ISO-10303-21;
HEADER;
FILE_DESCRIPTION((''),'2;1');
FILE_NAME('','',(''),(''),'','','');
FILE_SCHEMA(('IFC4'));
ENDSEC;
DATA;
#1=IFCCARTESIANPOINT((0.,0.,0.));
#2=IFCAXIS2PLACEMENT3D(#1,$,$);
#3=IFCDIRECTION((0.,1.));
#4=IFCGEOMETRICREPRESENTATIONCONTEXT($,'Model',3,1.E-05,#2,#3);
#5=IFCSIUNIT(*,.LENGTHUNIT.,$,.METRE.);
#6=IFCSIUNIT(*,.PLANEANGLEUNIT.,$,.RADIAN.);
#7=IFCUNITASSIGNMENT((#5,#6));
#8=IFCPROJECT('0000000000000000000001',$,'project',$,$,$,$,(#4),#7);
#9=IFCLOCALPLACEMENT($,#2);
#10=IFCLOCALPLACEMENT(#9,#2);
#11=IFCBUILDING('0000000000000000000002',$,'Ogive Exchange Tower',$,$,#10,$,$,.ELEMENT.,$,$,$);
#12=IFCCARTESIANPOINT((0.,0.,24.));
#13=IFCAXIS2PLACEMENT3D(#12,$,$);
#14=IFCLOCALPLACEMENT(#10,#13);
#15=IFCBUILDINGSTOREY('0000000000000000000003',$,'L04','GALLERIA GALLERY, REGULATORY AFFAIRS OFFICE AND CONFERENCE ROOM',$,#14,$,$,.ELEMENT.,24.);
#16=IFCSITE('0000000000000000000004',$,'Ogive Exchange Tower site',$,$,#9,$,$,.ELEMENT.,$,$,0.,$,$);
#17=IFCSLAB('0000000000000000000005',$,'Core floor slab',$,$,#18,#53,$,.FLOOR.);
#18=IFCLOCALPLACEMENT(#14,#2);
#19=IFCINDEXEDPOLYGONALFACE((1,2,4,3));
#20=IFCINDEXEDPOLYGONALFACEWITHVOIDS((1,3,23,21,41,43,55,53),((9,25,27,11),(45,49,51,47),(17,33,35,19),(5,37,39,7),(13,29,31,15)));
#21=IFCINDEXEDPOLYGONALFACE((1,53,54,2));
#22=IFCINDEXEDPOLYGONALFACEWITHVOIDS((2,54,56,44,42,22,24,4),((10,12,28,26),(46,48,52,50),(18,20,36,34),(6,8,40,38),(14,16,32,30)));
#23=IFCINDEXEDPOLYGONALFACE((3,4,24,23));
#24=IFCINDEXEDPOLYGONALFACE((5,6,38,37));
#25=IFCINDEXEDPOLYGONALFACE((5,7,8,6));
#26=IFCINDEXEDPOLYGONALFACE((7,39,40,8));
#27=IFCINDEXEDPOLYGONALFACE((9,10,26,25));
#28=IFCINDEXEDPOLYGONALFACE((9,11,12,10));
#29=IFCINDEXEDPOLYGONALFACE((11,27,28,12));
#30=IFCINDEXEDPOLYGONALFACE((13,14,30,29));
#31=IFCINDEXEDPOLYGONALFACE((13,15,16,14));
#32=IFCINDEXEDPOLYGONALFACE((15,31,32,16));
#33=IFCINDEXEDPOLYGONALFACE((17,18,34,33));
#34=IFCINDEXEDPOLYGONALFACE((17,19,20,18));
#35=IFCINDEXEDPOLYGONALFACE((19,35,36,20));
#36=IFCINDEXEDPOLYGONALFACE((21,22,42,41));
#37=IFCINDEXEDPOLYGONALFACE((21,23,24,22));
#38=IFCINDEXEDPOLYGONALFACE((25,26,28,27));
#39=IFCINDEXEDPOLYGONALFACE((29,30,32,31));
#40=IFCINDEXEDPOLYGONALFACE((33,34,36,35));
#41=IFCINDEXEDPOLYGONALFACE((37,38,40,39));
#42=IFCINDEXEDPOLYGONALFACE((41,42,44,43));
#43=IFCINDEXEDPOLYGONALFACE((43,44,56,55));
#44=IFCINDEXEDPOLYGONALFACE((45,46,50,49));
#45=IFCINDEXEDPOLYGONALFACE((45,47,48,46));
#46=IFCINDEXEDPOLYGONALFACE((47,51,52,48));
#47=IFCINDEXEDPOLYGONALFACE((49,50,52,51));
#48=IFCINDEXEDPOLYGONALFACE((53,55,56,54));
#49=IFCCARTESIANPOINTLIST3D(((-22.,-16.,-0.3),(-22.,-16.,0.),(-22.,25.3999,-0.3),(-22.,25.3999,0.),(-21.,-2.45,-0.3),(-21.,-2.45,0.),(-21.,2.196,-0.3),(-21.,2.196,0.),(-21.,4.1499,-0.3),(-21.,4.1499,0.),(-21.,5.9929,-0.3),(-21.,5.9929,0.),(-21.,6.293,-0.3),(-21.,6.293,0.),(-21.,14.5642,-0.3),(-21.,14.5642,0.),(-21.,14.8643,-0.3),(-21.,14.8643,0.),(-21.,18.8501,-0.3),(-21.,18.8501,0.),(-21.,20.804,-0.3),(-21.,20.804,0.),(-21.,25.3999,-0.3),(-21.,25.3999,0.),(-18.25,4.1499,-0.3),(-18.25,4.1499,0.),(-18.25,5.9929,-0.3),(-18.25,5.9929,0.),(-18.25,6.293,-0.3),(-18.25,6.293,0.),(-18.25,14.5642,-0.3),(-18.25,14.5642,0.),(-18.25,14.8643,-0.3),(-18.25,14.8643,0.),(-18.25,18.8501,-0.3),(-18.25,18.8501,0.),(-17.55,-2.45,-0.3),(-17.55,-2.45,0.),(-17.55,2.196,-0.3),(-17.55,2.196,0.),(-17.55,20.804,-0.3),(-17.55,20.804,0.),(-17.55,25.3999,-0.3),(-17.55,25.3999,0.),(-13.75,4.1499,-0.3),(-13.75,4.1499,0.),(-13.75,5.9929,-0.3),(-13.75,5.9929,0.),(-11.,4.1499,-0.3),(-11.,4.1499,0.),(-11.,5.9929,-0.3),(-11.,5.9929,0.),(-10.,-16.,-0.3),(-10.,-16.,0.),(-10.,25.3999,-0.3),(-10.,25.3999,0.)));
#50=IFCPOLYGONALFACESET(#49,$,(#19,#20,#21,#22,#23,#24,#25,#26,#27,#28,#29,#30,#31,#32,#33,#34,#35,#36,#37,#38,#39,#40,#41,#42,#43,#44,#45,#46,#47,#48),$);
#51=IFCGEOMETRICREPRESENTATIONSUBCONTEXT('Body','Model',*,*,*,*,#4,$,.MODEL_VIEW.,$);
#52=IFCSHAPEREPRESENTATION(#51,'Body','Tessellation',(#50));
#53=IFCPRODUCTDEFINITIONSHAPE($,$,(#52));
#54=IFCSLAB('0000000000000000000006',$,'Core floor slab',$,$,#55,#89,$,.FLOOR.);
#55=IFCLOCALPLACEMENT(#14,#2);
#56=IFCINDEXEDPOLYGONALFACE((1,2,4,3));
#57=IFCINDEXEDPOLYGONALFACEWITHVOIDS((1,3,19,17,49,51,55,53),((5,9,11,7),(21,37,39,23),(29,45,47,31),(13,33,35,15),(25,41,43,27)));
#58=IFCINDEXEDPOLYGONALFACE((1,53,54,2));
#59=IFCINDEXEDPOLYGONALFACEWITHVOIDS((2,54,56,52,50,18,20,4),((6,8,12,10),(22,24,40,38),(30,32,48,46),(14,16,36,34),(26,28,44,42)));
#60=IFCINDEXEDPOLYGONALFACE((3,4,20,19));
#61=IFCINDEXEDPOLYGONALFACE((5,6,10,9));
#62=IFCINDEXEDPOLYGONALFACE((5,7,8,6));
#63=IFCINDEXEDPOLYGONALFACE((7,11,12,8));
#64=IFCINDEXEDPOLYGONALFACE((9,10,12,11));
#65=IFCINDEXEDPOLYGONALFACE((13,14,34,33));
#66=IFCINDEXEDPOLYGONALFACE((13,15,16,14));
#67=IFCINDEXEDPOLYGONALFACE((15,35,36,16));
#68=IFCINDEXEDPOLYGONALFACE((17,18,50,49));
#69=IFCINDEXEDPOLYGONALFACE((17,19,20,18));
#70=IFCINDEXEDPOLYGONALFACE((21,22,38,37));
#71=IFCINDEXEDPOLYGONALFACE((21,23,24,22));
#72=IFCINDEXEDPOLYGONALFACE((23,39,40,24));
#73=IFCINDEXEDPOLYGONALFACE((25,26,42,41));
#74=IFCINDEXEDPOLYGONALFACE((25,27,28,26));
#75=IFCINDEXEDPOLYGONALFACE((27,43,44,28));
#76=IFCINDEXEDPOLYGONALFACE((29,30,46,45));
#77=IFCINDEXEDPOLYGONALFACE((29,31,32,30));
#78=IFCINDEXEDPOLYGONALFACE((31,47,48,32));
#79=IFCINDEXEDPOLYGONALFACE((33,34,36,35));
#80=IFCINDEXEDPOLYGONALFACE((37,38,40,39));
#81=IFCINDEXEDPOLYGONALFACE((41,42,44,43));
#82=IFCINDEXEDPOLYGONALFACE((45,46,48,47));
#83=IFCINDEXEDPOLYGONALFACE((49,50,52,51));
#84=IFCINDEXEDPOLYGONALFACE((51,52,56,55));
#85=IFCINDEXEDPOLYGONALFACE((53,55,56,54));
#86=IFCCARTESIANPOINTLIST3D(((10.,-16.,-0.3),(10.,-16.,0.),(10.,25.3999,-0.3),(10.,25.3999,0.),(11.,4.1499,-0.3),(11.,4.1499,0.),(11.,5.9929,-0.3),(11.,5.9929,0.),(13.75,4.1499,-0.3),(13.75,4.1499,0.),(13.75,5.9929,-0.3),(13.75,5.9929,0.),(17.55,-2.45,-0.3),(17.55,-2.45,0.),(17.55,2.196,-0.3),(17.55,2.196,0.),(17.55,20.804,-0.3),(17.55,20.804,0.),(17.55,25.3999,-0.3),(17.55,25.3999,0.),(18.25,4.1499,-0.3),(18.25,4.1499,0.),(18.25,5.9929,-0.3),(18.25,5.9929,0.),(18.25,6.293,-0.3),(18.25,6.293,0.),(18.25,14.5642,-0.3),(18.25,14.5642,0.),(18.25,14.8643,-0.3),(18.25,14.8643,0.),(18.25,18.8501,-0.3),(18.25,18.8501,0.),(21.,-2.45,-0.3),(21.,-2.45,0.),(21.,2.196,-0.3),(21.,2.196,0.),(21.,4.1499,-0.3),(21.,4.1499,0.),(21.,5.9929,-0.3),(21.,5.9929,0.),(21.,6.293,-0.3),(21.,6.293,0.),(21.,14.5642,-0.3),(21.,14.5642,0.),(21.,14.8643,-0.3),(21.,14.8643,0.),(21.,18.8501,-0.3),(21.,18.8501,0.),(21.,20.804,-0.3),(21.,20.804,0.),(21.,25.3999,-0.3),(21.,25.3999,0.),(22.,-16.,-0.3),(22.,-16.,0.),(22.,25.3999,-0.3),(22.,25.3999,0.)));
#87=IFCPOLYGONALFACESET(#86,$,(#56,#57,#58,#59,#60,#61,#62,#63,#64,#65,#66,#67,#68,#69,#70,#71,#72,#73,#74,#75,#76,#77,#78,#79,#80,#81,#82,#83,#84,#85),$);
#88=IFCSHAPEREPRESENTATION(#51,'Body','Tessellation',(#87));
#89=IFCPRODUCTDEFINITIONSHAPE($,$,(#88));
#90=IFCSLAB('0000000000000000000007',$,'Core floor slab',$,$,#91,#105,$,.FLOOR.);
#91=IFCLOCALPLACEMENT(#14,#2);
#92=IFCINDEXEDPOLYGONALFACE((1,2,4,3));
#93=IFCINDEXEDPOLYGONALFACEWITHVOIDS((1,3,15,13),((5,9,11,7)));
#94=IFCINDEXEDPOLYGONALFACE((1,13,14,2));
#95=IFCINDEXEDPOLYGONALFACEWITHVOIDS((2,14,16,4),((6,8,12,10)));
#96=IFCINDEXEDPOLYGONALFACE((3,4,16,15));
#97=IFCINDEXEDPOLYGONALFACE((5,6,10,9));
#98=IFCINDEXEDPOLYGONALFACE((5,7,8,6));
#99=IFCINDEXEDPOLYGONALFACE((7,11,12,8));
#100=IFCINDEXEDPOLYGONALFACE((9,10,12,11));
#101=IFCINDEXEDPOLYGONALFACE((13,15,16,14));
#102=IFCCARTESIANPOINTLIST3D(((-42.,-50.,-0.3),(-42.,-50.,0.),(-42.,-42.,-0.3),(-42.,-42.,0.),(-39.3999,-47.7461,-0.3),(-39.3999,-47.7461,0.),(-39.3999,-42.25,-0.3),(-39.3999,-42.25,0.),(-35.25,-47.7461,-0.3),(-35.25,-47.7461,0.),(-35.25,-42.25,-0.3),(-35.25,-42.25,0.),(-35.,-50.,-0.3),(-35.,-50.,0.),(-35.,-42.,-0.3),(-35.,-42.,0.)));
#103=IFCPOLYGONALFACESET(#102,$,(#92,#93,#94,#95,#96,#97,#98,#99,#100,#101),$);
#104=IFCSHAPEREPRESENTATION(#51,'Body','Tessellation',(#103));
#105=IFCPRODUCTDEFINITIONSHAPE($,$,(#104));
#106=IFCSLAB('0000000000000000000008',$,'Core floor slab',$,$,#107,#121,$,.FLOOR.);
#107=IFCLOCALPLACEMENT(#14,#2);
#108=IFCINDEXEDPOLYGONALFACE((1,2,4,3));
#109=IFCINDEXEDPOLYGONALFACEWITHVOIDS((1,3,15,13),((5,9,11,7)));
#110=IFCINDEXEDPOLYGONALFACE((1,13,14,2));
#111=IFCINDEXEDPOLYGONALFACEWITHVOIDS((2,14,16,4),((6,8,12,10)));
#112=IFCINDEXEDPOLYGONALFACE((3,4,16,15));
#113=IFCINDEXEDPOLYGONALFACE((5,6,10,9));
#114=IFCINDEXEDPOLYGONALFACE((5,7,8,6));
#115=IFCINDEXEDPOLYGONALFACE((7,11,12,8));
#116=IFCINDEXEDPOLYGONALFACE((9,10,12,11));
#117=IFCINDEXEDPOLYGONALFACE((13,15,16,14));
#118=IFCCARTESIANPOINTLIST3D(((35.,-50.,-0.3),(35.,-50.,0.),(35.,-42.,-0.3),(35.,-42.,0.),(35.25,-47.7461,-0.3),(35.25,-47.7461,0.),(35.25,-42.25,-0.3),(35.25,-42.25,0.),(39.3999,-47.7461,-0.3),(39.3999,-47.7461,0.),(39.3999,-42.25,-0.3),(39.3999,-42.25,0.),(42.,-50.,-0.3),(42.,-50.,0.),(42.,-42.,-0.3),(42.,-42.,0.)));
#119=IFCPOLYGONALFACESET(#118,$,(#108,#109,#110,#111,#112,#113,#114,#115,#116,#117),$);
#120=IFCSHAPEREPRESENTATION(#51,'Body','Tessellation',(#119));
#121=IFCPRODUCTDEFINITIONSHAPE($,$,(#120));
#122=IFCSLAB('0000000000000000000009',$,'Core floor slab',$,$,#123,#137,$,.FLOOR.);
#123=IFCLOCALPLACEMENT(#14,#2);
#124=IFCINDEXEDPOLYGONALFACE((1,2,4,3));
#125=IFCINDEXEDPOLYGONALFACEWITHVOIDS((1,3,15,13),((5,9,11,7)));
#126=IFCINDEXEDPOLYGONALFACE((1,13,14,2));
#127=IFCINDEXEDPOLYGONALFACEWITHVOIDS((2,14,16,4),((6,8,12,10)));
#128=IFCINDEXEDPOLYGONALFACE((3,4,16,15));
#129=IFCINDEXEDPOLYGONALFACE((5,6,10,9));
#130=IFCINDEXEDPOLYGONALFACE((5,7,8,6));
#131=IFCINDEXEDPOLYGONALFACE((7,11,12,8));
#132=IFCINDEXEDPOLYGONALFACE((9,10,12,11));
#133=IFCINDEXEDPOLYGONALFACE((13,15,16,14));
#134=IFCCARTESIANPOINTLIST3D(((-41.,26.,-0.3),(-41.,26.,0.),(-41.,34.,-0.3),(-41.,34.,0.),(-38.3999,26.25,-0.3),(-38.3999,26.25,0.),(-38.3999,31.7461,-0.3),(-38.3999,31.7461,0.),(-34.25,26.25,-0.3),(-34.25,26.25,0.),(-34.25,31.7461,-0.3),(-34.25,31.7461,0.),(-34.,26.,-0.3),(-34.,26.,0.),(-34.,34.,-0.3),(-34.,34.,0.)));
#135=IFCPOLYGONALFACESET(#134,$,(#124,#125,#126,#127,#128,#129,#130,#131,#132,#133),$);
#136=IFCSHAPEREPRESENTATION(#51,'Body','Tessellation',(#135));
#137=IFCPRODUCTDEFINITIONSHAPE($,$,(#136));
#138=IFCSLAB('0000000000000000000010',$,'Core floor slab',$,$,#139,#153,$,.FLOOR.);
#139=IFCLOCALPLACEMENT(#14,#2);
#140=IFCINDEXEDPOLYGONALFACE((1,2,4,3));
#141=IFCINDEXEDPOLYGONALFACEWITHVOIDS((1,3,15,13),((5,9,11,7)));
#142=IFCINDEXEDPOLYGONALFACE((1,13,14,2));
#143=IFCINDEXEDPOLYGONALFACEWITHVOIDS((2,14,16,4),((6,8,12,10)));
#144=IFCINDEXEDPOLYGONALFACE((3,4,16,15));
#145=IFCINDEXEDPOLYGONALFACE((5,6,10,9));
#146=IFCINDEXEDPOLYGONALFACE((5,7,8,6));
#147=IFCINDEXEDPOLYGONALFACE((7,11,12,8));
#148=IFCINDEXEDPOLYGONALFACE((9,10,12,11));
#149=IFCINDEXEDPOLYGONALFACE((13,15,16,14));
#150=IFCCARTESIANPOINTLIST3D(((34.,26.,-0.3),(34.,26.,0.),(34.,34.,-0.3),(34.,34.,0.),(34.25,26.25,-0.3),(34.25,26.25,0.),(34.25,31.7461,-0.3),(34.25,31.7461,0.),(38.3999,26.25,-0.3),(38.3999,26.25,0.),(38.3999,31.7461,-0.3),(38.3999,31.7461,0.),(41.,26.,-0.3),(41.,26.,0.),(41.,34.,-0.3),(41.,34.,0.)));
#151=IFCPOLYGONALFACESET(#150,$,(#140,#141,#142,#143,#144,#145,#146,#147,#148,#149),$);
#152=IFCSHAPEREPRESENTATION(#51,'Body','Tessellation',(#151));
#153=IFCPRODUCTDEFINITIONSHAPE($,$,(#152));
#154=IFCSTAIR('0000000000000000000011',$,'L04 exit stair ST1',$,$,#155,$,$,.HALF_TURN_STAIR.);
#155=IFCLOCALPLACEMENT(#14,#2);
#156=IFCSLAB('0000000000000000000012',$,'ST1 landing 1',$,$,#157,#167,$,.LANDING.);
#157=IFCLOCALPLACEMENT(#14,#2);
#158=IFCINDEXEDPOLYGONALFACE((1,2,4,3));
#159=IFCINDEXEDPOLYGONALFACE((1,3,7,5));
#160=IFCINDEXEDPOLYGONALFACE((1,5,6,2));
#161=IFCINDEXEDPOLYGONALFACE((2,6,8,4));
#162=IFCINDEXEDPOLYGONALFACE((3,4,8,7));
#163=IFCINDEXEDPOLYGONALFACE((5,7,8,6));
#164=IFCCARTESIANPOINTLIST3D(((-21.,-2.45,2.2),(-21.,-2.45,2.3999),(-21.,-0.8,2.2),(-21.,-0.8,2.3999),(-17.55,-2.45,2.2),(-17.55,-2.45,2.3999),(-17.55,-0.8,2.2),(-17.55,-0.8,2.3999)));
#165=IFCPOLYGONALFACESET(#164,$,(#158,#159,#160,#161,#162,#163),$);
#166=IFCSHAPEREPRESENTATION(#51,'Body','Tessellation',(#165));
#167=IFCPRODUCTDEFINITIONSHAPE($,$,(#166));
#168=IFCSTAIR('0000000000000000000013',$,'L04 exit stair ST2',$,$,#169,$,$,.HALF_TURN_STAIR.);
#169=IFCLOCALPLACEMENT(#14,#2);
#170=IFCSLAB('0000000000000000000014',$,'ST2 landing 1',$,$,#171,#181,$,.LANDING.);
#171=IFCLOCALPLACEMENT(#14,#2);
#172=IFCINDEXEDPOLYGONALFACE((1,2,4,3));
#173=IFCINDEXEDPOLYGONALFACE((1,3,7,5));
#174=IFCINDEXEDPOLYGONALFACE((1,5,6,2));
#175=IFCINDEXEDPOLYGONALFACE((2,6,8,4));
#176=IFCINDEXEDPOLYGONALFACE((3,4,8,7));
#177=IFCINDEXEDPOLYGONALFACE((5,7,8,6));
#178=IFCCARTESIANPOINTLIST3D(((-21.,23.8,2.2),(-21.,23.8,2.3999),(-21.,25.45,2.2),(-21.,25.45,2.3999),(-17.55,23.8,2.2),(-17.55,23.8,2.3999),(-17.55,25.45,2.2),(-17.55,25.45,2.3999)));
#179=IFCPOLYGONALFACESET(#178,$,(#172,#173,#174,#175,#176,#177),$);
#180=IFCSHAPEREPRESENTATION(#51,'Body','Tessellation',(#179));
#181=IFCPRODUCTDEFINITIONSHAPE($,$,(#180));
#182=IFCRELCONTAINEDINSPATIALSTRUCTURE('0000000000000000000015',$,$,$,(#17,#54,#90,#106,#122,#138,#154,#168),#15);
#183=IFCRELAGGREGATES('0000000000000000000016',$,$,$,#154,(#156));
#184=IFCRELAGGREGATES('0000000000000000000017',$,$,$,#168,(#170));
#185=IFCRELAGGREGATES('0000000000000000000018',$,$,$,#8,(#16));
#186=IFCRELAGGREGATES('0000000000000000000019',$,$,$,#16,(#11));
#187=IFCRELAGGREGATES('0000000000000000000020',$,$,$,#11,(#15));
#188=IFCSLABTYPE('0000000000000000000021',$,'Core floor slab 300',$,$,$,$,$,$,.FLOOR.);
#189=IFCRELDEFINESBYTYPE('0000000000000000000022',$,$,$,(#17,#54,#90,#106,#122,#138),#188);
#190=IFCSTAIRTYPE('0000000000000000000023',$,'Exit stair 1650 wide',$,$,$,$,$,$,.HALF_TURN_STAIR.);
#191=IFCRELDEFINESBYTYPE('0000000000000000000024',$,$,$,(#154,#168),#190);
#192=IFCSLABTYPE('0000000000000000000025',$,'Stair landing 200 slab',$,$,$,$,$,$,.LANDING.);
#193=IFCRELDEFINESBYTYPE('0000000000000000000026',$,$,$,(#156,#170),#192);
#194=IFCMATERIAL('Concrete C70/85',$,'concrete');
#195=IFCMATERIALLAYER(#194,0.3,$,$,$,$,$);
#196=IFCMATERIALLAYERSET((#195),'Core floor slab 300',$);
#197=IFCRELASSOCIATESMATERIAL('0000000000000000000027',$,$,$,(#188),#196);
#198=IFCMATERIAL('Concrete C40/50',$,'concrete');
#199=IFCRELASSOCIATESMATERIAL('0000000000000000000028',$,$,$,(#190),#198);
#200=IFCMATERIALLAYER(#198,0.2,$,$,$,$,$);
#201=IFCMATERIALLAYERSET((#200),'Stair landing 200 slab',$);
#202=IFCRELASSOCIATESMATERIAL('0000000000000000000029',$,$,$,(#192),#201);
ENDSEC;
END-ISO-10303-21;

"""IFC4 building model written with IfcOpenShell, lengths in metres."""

from ifc_helpers import new_model, si_unit, direction, frame, origin, place, context, subcontext, project, spatial, polyline, outline, extrude, material, layer, layer_set, type_object, element, aggregate, save


model = new_model("IFC4")

# Units and contexts
model_context = context("Model", 3, precision=1e-05, world=origin(), true_north=direction((0.0, 1.0)))
body_context = subcontext(model_context, "Body", "Model", "MODEL_VIEW")
ifc_project = project(units=[si_unit("LENGTHUNIT", "METRE"), si_unit("PLANEANGLEUNIT", "RADIAN")], contexts=[model_context])

# Site, building, storey
site_placement = place(None, origin())
site = spatial("IfcSite", under=ifc_project, at=site_placement, Name="Ogive Exchange Tower site", CompositionType="ELEMENT", RefElevation=0.0)
building_placement = place(site_placement, origin())
building = spatial("IfcBuilding", under=site, at=building_placement, Name="Ogive Exchange Tower", CompositionType="ELEMENT")
storey_placement = place(building_placement, frame((0.0, 0.0, 24.0)))
storey = spatial("IfcBuildingStorey", under=building, at=storey_placement, Name="L04", Description="GALLERIA GALLERY, REGULATORY AFFAIRS OFFICE AND CONFERENCE ROOM", CompositionType="ELEMENT", Elevation=24.0)

# Slabs
ifc_material_1 = material(Name="Concrete C70/85", Category="concrete")
ifc_layer_1 = layer(ifc_material_1, 0.3)
ifc_layer_set_1 = layer_set([ifc_layer_1], Name="Core floor slab 300")
slab_type_1 = type_object("IfcSlabType", Name="Core floor slab 300", PredefinedType="FLOOR", material=ifc_layer_set_1)
slab_1_placement = place(storey_placement, frame((0.0, 0.0, -0.3)))
element("IfcSlab", 1, at=slab_1_placement, inside=storey, type_object=slab_type_1, Name="Core floor slab", PredefinedType="FLOOR", context=body_context, shape_type="SweptSolid", body=[
    extrude(outline(polyline([(-10.0, 25.3999), (-10.0, -16.0), (-22.0, -16.0), (-22.0, 25.3999), (-21.0, 25.3999), (-21.0, 20.804), (-17.55, 20.804), (-17.55, 25.3999), (-10.0, 25.3999)]), holes=[polyline([(-17.55, 2.196), (-21.0, 2.196), (-21.0, -2.45), (-17.55, -2.45), (-17.55, 2.196)]), polyline([(-18.25, 5.9929), (-21.0, 5.9929), (-21.0, 4.1499), (-18.25, 4.1499), (-18.25, 5.9929)]), polyline([(-11.0, 5.9929), (-13.75, 5.9929), (-13.75, 4.1499), (-11.0, 4.1499), (-11.0, 5.9929)]), polyline([(-21.0, 14.5642), (-21.0, 6.293), (-18.25, 6.293), (-18.25, 14.5642), (-21.0, 14.5642)]), polyline([(-18.25, 18.8501), (-21.0, 18.8501), (-21.0, 14.8643), (-18.25, 14.8643), (-18.25, 18.8501)])]), origin(), (0.0, 0.0, 1.0), 0.3),
])
slab_2_placement = place(storey_placement, frame((0.0, 0.0, -0.3)))
element("IfcSlab", 2, at=slab_2_placement, inside=storey, type_object=slab_type_1, Name="Core floor slab", PredefinedType="FLOOR", context=body_context, shape_type="SweptSolid", body=[
    extrude(outline(polyline([(22.0, 25.3999), (22.0, -16.0), (10.0, -16.0), (10.0, 25.3999), (17.55, 25.3999), (17.55, 20.804), (21.0, 20.804), (21.0, 25.3999), (22.0, 25.3999)]), holes=[polyline([(21.0, 2.196), (17.55, 2.196), (17.55, -2.45), (21.0, -2.45), (21.0, 2.196)]), polyline([(13.75, 5.9929), (11.0, 5.9929), (11.0, 4.1499), (13.75, 4.1499), (13.75, 5.9929)]), polyline([(21.0, 5.9929), (18.25, 5.9929), (18.25, 4.1499), (21.0, 4.1499), (21.0, 5.9929)]), polyline([(18.25, 14.5642), (18.25, 6.293), (21.0, 6.293), (21.0, 14.5642), (18.25, 14.5642)]), polyline([(21.0, 18.8501), (18.25, 18.8501), (18.25, 14.8643), (21.0, 14.8643), (21.0, 18.8501)])]), origin(), (0.0, 0.0, 1.0), 0.3),
])
slab_3_placement = place(storey_placement, frame((0.0, 0.0, -0.3)))
element("IfcSlab", 3, at=slab_3_placement, inside=storey, type_object=slab_type_1, Name="Core floor slab", PredefinedType="FLOOR", context=body_context, shape_type="SweptSolid", body=[
    extrude(outline(polyline([(-42.0, -50.0), (-42.0, -42.0), (-35.0, -42.0), (-35.0, -50.0), (-42.0, -50.0)]), holes=[polyline([(-35.25, -42.25), (-39.3999, -42.25), (-39.3999, -47.7461), (-35.25, -47.7461), (-35.25, -42.25)])]), origin(), (0.0, 0.0, 1.0), 0.3),
])
slab_4_placement = place(storey_placement, frame((0.0, 0.0, -0.3)))
element("IfcSlab", 4, at=slab_4_placement, inside=storey, type_object=slab_type_1, Name="Core floor slab", PredefinedType="FLOOR", context=body_context, shape_type="SweptSolid", body=[
    extrude(outline(polyline([(35.0, -50.0), (35.0, -42.0), (42.0, -42.0), (42.0, -50.0), (35.0, -50.0)]), holes=[polyline([(39.3999, -42.25), (35.25, -42.25), (35.25, -47.7461), (39.3999, -47.7461), (39.3999, -42.25)])]), origin(), (0.0, 0.0, 1.0), 0.3),
])
slab_5_placement = place(storey_placement, frame((0.0, 0.0, -0.3)))
element("IfcSlab", 5, at=slab_5_placement, inside=storey, type_object=slab_type_1, Name="Core floor slab", PredefinedType="FLOOR", context=body_context, shape_type="SweptSolid", body=[
    extrude(outline(polyline([(-41.0, 26.0), (-41.0, 34.0), (-34.0, 34.0), (-34.0, 26.0), (-41.0, 26.0)]), holes=[polyline([(-38.3999, 26.25), (-34.25, 26.25), (-34.25, 31.7461), (-38.3999, 31.7461), (-38.3999, 26.25)])]), origin(), (0.0, 0.0, 1.0), 0.3),
])
slab_6_placement = place(storey_placement, frame((0.0, 0.0, -0.3)))
element("IfcSlab", 6, at=slab_6_placement, inside=storey, type_object=slab_type_1, Name="Core floor slab", PredefinedType="FLOOR", context=body_context, shape_type="SweptSolid", body=[
    extrude(outline(polyline([(34.0, 26.0), (34.0, 34.0), (41.0, 34.0), (41.0, 26.0), (34.0, 26.0)]), holes=[polyline([(34.25, 26.25), (38.3999, 26.25), (38.3999, 31.7461), (34.25, 31.7461), (34.25, 26.25)])]), origin(), (0.0, 0.0, 1.0), 0.3),
])

# Stairs, slabs
ifc_material_2 = material(Name="Concrete C40/50", Category="concrete")
stair_type = type_object("IfcStairType", Name="Exit stair 1650 wide", PredefinedType="HALF_TURN_STAIR", material=ifc_material_2)
stair_1_placement = place(storey_placement, origin())
stair_1 = element("IfcStair", 7, at=stair_1_placement, inside=storey, type_object=stair_type, Name="L04 exit stair ST1", PredefinedType="HALF_TURN_STAIR")
ifc_layer_2 = layer(ifc_material_2, 0.2)
ifc_layer_set_2 = layer_set([ifc_layer_2], Name="Stair landing 200 slab")
slab_type_2 = type_object("IfcSlabType", Name="Stair landing 200 slab", PredefinedType="LANDING", material=ifc_layer_set_2)
slab_7_placement = place(storey_placement, frame((0.0, 0.0, 2.2)))
slab_7 = element("IfcSlab", 8, at=slab_7_placement, type_object=slab_type_2, Name="ST1 landing 1", PredefinedType="LANDING", context=body_context, shape_type="SweptSolid", body=[
    extrude(outline(polyline([(-21.0, -0.8), (-21.0, -2.45), (-17.55, -2.45), (-17.55, -0.8), (-21.0, -0.8)])), origin(), (0.0, 0.0, 1.0), 0.2),
])
aggregate(stair_1, [slab_7])
stair_2_placement = place(storey_placement, origin())
stair_2 = element("IfcStair", 9, at=stair_2_placement, inside=storey, type_object=stair_type, Name="L04 exit stair ST2", PredefinedType="HALF_TURN_STAIR")
slab_8_placement = place(storey_placement, frame((0.0, 0.0, 2.2)))
slab_8 = element("IfcSlab", 10, at=slab_8_placement, type_object=slab_type_2, Name="ST2 landing 1", PredefinedType="LANDING", context=body_context, shape_type="SweptSolid", body=[
    extrude(outline(polyline([(-17.55, 23.8), (-17.55, 25.45), (-21.0, 25.45), (-21.0, 23.8), (-17.55, 23.8)])), origin(), (0.0, 0.0, 1.0), 0.2),
])
aggregate(stair_2, [slab_8])

save(model, "model.ifc")
